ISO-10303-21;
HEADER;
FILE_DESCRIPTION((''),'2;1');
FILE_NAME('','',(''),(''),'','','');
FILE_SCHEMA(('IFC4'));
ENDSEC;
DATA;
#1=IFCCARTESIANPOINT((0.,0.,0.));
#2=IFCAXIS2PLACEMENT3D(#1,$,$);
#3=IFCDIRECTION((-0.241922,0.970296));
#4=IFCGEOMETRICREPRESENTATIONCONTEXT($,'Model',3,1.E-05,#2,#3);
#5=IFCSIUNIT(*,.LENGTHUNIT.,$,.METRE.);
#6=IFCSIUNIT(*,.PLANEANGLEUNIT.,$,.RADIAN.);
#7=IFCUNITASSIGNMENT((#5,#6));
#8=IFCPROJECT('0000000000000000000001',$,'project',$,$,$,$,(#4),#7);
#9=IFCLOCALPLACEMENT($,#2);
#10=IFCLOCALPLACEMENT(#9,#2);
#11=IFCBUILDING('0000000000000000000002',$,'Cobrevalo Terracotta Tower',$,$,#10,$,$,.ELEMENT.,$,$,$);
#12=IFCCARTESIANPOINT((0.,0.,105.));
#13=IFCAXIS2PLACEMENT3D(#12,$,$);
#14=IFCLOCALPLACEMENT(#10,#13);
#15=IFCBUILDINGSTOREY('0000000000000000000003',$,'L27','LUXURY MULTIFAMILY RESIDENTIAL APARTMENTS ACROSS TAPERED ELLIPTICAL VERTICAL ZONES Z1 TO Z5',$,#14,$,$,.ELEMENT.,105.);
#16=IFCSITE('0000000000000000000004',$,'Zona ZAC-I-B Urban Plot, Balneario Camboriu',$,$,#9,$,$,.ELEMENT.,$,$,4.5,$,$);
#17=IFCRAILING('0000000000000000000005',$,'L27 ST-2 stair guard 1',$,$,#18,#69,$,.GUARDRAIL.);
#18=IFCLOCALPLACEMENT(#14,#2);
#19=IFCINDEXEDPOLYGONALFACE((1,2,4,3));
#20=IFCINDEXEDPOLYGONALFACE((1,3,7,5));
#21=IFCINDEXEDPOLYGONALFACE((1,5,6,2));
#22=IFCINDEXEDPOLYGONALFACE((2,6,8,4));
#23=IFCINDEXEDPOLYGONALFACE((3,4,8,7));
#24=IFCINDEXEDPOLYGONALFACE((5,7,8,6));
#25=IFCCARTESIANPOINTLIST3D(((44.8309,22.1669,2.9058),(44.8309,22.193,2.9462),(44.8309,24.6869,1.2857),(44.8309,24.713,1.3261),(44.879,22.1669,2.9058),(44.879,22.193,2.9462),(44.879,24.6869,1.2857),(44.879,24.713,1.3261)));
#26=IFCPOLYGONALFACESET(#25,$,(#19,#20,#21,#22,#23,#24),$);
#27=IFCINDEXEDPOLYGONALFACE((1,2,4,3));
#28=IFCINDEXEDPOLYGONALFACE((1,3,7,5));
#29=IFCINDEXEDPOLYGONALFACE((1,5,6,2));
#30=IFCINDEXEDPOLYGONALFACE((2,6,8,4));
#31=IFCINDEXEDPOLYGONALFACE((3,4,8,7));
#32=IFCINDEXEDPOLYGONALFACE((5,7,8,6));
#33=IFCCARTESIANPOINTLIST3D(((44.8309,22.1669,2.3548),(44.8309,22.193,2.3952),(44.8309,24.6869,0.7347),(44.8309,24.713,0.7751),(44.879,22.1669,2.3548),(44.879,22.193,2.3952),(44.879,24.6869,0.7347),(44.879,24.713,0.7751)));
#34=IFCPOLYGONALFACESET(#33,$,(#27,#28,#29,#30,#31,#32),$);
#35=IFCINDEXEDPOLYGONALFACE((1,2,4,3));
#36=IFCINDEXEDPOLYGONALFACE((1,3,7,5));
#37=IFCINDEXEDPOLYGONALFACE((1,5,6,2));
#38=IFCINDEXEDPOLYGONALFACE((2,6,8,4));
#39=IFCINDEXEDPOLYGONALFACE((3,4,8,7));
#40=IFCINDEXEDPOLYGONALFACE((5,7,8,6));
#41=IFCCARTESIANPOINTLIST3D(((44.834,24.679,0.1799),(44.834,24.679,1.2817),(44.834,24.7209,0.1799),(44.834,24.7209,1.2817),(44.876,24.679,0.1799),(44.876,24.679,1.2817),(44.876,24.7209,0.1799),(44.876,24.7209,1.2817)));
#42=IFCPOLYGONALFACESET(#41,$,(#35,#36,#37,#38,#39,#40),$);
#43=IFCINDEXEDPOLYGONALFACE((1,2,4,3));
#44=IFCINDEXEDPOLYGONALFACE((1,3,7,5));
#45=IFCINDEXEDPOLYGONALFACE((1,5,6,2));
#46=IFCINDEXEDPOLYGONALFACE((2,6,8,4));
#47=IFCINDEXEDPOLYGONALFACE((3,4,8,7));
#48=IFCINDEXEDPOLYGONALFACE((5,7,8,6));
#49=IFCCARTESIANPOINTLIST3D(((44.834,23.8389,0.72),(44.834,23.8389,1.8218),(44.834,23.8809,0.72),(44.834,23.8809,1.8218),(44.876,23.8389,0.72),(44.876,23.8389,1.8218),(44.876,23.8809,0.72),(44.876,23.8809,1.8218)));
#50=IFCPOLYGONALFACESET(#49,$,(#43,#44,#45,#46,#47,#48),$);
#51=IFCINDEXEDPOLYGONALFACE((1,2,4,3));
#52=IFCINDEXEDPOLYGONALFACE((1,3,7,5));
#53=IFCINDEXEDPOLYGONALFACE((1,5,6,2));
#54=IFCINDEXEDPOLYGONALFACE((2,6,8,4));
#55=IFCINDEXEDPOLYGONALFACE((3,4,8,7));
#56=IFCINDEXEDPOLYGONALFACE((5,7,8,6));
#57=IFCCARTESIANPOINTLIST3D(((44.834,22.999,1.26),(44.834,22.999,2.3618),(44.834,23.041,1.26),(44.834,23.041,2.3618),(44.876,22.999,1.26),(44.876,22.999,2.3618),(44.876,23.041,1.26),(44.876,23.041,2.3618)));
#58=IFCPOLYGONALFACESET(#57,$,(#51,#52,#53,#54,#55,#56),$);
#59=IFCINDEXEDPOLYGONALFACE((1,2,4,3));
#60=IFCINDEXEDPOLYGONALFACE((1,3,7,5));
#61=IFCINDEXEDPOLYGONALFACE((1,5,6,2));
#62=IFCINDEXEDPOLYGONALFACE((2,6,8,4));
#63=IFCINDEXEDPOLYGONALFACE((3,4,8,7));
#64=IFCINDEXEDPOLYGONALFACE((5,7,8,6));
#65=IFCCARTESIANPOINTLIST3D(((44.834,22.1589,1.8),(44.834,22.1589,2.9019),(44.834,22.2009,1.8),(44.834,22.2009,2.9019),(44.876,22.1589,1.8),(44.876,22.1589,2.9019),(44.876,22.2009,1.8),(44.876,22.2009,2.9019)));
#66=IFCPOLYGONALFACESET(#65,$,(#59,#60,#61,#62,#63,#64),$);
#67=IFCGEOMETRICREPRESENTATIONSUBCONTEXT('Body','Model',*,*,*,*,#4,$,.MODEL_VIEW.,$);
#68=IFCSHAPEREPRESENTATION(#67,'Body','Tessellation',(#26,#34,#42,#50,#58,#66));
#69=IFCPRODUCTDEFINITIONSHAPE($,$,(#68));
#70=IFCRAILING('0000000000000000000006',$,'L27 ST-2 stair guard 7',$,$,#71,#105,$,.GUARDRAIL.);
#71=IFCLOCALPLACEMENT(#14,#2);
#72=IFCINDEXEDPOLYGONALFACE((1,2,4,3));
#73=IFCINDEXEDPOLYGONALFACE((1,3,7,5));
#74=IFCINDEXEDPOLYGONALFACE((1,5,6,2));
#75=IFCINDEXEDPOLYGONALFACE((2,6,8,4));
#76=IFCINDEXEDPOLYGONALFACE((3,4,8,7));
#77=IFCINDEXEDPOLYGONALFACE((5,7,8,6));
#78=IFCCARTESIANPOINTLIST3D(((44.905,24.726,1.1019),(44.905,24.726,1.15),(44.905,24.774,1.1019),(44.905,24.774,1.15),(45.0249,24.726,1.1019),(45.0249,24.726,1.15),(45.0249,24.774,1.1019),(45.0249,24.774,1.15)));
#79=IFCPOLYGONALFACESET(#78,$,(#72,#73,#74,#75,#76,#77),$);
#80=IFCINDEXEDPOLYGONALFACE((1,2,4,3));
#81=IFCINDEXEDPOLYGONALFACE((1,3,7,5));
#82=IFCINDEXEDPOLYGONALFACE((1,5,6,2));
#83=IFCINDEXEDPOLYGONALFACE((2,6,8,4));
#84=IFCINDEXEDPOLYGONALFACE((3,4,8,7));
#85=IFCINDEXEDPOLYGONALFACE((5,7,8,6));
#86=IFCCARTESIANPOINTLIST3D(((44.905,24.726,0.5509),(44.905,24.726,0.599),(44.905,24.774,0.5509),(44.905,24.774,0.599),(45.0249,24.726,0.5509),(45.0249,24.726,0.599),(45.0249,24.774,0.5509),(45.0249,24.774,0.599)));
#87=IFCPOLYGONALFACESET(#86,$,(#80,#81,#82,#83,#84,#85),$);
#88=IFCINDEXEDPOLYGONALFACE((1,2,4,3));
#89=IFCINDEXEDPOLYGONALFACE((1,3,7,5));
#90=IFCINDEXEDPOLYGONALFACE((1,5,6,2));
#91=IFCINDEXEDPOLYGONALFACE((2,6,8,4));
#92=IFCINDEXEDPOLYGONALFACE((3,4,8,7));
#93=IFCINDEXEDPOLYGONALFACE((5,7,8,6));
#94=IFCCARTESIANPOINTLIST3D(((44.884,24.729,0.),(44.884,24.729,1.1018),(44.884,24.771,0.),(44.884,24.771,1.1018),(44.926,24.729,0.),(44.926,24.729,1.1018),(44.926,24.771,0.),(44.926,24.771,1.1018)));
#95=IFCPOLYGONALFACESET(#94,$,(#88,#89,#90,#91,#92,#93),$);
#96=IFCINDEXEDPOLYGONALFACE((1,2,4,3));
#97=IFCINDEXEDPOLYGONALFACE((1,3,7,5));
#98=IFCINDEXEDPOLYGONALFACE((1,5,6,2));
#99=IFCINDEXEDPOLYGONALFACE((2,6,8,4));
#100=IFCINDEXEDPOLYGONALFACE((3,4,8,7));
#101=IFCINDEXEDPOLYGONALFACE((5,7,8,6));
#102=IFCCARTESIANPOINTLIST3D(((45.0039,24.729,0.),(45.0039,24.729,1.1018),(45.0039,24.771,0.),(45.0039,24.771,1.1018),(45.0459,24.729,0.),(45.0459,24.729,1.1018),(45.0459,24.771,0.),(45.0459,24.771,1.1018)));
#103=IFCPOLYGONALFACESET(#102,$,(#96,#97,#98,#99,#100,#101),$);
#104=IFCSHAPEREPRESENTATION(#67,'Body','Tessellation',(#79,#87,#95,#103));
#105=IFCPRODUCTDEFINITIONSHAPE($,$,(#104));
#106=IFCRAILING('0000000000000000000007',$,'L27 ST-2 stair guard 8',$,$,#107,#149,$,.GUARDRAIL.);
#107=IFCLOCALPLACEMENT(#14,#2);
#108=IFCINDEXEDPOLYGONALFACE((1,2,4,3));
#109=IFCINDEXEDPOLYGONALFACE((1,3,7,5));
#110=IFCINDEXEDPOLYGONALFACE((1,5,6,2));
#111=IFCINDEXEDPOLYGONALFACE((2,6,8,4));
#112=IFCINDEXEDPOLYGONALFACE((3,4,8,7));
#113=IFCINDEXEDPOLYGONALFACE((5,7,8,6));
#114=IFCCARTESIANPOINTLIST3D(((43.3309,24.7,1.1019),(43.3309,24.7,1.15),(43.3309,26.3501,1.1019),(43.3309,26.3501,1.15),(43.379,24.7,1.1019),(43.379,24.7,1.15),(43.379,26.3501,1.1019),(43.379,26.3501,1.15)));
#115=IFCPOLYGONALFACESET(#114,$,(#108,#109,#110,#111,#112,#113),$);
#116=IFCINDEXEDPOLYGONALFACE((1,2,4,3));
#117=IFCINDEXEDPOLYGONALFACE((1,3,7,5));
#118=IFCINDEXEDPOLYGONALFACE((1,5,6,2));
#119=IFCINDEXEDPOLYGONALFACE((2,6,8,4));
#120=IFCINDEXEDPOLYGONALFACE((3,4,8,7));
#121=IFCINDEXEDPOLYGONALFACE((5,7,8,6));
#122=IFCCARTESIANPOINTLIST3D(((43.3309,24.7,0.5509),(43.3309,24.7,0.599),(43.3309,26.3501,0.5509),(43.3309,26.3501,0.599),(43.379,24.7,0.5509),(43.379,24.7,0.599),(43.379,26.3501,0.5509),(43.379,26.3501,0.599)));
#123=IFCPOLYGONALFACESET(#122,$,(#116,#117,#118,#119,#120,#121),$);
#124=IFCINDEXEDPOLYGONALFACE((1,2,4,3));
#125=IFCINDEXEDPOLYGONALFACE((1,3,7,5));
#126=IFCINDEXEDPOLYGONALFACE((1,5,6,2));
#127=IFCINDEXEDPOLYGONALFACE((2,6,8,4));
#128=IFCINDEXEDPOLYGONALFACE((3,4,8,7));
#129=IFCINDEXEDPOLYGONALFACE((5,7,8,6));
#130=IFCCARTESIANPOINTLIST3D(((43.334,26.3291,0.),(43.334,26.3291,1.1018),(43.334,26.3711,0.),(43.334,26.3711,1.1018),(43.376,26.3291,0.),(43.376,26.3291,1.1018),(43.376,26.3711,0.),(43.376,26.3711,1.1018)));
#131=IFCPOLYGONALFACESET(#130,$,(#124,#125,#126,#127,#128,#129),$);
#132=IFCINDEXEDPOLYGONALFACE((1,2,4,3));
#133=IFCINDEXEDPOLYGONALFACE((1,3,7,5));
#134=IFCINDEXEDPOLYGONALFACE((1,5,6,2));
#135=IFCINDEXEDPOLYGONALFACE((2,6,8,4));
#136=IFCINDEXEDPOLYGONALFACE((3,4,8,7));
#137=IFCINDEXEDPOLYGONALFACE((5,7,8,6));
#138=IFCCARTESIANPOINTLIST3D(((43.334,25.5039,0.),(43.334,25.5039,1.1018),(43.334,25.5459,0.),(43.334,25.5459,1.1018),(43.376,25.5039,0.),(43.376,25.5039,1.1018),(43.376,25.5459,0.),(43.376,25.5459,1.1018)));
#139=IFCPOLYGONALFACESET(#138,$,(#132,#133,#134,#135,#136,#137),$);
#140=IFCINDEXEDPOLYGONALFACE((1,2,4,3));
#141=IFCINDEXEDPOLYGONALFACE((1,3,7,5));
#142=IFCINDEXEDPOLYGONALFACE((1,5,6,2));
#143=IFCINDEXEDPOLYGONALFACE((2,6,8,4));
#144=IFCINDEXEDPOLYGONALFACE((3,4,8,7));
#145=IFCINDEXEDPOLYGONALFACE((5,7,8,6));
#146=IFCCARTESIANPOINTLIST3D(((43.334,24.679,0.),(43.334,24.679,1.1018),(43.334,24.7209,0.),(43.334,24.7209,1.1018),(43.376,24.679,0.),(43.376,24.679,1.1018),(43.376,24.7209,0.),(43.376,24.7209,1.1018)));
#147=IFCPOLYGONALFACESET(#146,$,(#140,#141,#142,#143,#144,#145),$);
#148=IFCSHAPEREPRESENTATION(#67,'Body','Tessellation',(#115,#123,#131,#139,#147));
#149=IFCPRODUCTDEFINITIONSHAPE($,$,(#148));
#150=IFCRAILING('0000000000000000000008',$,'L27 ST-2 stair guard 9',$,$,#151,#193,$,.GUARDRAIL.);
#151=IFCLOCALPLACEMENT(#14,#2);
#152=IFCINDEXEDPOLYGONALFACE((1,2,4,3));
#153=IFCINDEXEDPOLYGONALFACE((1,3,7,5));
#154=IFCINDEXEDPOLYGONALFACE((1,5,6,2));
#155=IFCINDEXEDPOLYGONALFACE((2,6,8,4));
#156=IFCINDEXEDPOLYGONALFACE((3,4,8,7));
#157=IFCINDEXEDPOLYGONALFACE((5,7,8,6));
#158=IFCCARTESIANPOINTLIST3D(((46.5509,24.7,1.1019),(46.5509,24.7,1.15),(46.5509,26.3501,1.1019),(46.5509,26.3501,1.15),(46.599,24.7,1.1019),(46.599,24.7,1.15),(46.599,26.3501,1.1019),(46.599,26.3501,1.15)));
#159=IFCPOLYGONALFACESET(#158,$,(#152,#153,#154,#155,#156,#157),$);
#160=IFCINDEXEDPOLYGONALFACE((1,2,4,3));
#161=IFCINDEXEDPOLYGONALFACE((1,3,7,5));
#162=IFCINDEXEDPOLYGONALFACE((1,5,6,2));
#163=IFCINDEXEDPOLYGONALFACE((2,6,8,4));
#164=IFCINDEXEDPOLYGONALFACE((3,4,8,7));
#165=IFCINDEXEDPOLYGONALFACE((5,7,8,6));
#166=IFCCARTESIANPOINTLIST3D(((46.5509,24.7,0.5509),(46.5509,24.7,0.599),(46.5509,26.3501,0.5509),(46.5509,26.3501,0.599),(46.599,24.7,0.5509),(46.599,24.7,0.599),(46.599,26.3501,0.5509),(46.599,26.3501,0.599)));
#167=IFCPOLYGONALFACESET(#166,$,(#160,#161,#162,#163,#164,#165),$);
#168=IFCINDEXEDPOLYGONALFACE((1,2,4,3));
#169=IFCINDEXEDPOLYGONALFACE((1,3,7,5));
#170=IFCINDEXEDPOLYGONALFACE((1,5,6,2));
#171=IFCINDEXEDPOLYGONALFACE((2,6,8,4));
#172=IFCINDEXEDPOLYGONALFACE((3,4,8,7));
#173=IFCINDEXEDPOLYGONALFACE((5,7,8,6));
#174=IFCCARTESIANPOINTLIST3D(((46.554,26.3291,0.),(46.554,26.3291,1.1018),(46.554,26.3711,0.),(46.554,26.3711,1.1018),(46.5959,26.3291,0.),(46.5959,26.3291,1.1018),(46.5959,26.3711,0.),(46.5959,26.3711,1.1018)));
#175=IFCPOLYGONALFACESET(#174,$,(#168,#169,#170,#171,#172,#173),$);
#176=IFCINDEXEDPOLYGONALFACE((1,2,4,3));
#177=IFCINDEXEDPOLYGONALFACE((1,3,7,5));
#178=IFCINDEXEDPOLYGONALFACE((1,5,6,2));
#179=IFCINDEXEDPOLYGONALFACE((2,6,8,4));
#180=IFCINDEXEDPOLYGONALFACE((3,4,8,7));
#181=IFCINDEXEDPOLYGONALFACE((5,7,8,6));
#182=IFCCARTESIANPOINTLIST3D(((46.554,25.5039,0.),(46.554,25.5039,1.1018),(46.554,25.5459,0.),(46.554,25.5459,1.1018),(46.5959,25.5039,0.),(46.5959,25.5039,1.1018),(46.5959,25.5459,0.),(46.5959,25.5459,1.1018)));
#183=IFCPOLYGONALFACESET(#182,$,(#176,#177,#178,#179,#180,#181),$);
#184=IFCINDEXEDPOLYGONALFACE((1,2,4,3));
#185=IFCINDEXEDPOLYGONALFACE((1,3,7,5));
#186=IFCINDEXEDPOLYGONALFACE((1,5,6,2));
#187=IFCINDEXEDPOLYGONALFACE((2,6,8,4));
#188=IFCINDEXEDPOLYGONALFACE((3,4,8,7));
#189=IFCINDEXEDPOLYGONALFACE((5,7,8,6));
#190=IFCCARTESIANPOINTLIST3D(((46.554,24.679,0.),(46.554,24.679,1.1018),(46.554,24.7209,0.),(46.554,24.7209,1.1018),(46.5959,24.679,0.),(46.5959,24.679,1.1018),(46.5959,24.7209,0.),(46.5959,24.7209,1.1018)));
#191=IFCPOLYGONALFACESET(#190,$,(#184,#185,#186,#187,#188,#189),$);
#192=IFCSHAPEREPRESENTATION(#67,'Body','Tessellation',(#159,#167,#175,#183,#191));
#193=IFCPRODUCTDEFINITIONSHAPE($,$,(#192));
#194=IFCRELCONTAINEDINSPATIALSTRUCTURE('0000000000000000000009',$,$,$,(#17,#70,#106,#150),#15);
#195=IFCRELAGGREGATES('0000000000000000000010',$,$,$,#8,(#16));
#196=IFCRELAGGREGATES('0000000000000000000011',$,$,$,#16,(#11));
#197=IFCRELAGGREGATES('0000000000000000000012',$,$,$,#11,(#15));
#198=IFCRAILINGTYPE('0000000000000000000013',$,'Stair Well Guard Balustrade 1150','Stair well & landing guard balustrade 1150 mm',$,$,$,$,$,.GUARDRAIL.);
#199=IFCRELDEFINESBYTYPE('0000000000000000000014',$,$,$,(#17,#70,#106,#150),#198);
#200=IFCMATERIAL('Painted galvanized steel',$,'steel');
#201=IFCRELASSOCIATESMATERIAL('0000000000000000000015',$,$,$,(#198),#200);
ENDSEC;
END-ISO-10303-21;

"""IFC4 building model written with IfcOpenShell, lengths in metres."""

from ifc_helpers import new_model, si_unit, direction, frame, origin, origin_2d, place, context, subcontext, project, spatial, rectangle, extrude, material, type_object, element, save


model = new_model("IFC4")

# Units and contexts
model_context = context("Model", 3, precision=1e-05, world=origin(), true_north=direction((-0.241922, 0.970296)))
body_context = subcontext(model_context, "Body", "Model", "MODEL_VIEW")
ifc_project = project(units=[si_unit("LENGTHUNIT", "METRE"), si_unit("PLANEANGLEUNIT", "RADIAN")], contexts=[model_context])

# Site, building, storey
site_placement = place(None, origin())
site = spatial("IfcSite", under=ifc_project, at=site_placement, Name="Zona ZAC-I-B Urban Plot, Balneario Camboriu", CompositionType="ELEMENT", RefElevation=4.5)
building_placement = place(site_placement, origin())
building = spatial("IfcBuilding", under=site, at=building_placement, Name="Cobrevalo Terracotta Tower", CompositionType="ELEMENT")
storey_placement = place(building_placement, frame((0.0, 0.0, 105.0)))
storey = spatial("IfcBuildingStorey", under=building, at=storey_placement, Name="L27", Description="LUXURY MULTIFAMILY RESIDENTIAL APARTMENTS ACROSS TAPERED ELLIPTICAL VERTICAL ZONES Z1 TO Z5", CompositionType="ELEMENT", Elevation=105.0)

# Railings
ifc_material_1 = material(Name="Painted galvanized steel", Category="steel")
railing_type_1 = type_object("IfcRailingType", Name="Stair Well Guard Balustrade 1150", Description="Stair well & landing guard balustrade 1150 mm", PredefinedType="GUARDRAIL", material=ifc_material_1)
railing_1_placement = place(storey_placement, frame((44.855, 24.7, 0.1799)))
element("IfcRailing", 1, at=railing_1_placement, inside=storey, type_object=railing_type_1, Name="L27 ST-2 stair guard 1", PredefinedType="GUARDRAIL", context=body_context, shape_type="SweptSolid", body=[
    extrude(rectangle(XDim=0.0481, YDim=0.0481, at=origin_2d()), frame((0.0, 0.0, 1.126), z_axis=(0.0, -0.841163, 0.540782), x_axis=(1.0, 0.0, 0.0)), (0.0, 0.0, 1.0), 2.9958),
    extrude(rectangle(XDim=0.0481, YDim=0.0481, at=origin_2d()), frame((0.0, 0.0, 0.575), z_axis=(0.0, -0.841163, 0.540782), x_axis=(1.0, 0.0, 0.0)), (0.0, 0.0, 1.0), 2.9958),
    extrude(rectangle(XDim=0.042, YDim=0.042, at=origin_2d()), origin(), (0.0, 0.0, 1.0), 1.1018),
    extrude(rectangle(XDim=0.042, YDim=0.042, at=origin_2d()), frame((0.0, -0.8401, 0.54)), (0.0, 0.0, 1.0), 1.1018),
    extrude(rectangle(XDim=0.042, YDim=0.042, at=origin_2d()), frame((0.0, -1.6799, 1.0801)), (0.0, 0.0, 1.0), 1.1018),
    extrude(rectangle(XDim=0.042, YDim=0.042, at=origin_2d()), frame((0.0, -2.52, 1.6201)), (0.0, 0.0, 1.0), 1.1018),
])
railing_2_placement = place(storey_placement, frame((44.905, 24.75, 0.0)))
element("IfcRailing", 2, at=railing_2_placement, inside=storey, type_object=railing_type_1, Name="L27 ST-2 stair guard 7", PredefinedType="GUARDRAIL", context=body_context, shape_type="SweptSolid", body=[
    extrude(rectangle(XDim=0.0481, YDim=0.0481, at=origin_2d()), frame((0.0, 0.0, 1.126), z_axis=(1.0, 0.0, 0.0), x_axis=(0.0, 1.0, 0.0)), (0.0, 0.0, 1.0), 0.1199),
    extrude(rectangle(XDim=0.0481, YDim=0.0481, at=origin_2d()), frame((0.0, 0.0, 0.575), z_axis=(1.0, 0.0, 0.0), x_axis=(0.0, 1.0, 0.0)), (0.0, 0.0, 1.0), 0.1199),
    extrude(rectangle(XDim=0.042, YDim=0.042, at=origin_2d()), origin(), (0.0, 0.0, 1.0), 1.1018),
    extrude(rectangle(XDim=0.042, YDim=0.042, at=origin_2d()), frame((0.1199, 0.0, 0.0)), (0.0, 0.0, 1.0), 1.1018),
])
for number, where, name in (
    (3, (43.355, 26.3501, 0.0), "L27 ST-2 stair guard 8"),
    (4, (46.575, 26.3501, 0.0), "L27 ST-2 stair guard 9"),
):
    element("IfcRailing", number, at=place(storey_placement, frame(where)), inside=storey, type_object=railing_type_1, Name=name, PredefinedType="GUARDRAIL", context=body_context, shape_type="SweptSolid", body=[
        extrude(rectangle(XDim=0.0481, YDim=0.0481, at=origin_2d()), frame((0.0, 0.0, 1.126), z_axis=(0.0, -1.0, 0.0), x_axis=(1.0, 0.0, 0.0)), (0.0, 0.0, 1.0), 1.6501),
        extrude(rectangle(XDim=0.0481, YDim=0.0481, at=origin_2d()), frame((0.0, 0.0, 0.575), z_axis=(0.0, -1.0, 0.0), x_axis=(1.0, 0.0, 0.0)), (0.0, 0.0, 1.0), 1.6501),
        extrude(rectangle(XDim=0.042, YDim=0.042, at=origin_2d()), origin(), (0.0, 0.0, 1.0), 1.1018),
        extrude(rectangle(XDim=0.042, YDim=0.042, at=origin_2d()), frame((0.0, -0.8252, 0.0)), (0.0, 0.0, 1.0), 1.1018),
        extrude(rectangle(XDim=0.042, YDim=0.042, at=origin_2d()), frame((0.0, -1.6501, 0.0)), (0.0, 0.0, 1.0), 1.1018),
    ])

save(model, "model.ifc")
